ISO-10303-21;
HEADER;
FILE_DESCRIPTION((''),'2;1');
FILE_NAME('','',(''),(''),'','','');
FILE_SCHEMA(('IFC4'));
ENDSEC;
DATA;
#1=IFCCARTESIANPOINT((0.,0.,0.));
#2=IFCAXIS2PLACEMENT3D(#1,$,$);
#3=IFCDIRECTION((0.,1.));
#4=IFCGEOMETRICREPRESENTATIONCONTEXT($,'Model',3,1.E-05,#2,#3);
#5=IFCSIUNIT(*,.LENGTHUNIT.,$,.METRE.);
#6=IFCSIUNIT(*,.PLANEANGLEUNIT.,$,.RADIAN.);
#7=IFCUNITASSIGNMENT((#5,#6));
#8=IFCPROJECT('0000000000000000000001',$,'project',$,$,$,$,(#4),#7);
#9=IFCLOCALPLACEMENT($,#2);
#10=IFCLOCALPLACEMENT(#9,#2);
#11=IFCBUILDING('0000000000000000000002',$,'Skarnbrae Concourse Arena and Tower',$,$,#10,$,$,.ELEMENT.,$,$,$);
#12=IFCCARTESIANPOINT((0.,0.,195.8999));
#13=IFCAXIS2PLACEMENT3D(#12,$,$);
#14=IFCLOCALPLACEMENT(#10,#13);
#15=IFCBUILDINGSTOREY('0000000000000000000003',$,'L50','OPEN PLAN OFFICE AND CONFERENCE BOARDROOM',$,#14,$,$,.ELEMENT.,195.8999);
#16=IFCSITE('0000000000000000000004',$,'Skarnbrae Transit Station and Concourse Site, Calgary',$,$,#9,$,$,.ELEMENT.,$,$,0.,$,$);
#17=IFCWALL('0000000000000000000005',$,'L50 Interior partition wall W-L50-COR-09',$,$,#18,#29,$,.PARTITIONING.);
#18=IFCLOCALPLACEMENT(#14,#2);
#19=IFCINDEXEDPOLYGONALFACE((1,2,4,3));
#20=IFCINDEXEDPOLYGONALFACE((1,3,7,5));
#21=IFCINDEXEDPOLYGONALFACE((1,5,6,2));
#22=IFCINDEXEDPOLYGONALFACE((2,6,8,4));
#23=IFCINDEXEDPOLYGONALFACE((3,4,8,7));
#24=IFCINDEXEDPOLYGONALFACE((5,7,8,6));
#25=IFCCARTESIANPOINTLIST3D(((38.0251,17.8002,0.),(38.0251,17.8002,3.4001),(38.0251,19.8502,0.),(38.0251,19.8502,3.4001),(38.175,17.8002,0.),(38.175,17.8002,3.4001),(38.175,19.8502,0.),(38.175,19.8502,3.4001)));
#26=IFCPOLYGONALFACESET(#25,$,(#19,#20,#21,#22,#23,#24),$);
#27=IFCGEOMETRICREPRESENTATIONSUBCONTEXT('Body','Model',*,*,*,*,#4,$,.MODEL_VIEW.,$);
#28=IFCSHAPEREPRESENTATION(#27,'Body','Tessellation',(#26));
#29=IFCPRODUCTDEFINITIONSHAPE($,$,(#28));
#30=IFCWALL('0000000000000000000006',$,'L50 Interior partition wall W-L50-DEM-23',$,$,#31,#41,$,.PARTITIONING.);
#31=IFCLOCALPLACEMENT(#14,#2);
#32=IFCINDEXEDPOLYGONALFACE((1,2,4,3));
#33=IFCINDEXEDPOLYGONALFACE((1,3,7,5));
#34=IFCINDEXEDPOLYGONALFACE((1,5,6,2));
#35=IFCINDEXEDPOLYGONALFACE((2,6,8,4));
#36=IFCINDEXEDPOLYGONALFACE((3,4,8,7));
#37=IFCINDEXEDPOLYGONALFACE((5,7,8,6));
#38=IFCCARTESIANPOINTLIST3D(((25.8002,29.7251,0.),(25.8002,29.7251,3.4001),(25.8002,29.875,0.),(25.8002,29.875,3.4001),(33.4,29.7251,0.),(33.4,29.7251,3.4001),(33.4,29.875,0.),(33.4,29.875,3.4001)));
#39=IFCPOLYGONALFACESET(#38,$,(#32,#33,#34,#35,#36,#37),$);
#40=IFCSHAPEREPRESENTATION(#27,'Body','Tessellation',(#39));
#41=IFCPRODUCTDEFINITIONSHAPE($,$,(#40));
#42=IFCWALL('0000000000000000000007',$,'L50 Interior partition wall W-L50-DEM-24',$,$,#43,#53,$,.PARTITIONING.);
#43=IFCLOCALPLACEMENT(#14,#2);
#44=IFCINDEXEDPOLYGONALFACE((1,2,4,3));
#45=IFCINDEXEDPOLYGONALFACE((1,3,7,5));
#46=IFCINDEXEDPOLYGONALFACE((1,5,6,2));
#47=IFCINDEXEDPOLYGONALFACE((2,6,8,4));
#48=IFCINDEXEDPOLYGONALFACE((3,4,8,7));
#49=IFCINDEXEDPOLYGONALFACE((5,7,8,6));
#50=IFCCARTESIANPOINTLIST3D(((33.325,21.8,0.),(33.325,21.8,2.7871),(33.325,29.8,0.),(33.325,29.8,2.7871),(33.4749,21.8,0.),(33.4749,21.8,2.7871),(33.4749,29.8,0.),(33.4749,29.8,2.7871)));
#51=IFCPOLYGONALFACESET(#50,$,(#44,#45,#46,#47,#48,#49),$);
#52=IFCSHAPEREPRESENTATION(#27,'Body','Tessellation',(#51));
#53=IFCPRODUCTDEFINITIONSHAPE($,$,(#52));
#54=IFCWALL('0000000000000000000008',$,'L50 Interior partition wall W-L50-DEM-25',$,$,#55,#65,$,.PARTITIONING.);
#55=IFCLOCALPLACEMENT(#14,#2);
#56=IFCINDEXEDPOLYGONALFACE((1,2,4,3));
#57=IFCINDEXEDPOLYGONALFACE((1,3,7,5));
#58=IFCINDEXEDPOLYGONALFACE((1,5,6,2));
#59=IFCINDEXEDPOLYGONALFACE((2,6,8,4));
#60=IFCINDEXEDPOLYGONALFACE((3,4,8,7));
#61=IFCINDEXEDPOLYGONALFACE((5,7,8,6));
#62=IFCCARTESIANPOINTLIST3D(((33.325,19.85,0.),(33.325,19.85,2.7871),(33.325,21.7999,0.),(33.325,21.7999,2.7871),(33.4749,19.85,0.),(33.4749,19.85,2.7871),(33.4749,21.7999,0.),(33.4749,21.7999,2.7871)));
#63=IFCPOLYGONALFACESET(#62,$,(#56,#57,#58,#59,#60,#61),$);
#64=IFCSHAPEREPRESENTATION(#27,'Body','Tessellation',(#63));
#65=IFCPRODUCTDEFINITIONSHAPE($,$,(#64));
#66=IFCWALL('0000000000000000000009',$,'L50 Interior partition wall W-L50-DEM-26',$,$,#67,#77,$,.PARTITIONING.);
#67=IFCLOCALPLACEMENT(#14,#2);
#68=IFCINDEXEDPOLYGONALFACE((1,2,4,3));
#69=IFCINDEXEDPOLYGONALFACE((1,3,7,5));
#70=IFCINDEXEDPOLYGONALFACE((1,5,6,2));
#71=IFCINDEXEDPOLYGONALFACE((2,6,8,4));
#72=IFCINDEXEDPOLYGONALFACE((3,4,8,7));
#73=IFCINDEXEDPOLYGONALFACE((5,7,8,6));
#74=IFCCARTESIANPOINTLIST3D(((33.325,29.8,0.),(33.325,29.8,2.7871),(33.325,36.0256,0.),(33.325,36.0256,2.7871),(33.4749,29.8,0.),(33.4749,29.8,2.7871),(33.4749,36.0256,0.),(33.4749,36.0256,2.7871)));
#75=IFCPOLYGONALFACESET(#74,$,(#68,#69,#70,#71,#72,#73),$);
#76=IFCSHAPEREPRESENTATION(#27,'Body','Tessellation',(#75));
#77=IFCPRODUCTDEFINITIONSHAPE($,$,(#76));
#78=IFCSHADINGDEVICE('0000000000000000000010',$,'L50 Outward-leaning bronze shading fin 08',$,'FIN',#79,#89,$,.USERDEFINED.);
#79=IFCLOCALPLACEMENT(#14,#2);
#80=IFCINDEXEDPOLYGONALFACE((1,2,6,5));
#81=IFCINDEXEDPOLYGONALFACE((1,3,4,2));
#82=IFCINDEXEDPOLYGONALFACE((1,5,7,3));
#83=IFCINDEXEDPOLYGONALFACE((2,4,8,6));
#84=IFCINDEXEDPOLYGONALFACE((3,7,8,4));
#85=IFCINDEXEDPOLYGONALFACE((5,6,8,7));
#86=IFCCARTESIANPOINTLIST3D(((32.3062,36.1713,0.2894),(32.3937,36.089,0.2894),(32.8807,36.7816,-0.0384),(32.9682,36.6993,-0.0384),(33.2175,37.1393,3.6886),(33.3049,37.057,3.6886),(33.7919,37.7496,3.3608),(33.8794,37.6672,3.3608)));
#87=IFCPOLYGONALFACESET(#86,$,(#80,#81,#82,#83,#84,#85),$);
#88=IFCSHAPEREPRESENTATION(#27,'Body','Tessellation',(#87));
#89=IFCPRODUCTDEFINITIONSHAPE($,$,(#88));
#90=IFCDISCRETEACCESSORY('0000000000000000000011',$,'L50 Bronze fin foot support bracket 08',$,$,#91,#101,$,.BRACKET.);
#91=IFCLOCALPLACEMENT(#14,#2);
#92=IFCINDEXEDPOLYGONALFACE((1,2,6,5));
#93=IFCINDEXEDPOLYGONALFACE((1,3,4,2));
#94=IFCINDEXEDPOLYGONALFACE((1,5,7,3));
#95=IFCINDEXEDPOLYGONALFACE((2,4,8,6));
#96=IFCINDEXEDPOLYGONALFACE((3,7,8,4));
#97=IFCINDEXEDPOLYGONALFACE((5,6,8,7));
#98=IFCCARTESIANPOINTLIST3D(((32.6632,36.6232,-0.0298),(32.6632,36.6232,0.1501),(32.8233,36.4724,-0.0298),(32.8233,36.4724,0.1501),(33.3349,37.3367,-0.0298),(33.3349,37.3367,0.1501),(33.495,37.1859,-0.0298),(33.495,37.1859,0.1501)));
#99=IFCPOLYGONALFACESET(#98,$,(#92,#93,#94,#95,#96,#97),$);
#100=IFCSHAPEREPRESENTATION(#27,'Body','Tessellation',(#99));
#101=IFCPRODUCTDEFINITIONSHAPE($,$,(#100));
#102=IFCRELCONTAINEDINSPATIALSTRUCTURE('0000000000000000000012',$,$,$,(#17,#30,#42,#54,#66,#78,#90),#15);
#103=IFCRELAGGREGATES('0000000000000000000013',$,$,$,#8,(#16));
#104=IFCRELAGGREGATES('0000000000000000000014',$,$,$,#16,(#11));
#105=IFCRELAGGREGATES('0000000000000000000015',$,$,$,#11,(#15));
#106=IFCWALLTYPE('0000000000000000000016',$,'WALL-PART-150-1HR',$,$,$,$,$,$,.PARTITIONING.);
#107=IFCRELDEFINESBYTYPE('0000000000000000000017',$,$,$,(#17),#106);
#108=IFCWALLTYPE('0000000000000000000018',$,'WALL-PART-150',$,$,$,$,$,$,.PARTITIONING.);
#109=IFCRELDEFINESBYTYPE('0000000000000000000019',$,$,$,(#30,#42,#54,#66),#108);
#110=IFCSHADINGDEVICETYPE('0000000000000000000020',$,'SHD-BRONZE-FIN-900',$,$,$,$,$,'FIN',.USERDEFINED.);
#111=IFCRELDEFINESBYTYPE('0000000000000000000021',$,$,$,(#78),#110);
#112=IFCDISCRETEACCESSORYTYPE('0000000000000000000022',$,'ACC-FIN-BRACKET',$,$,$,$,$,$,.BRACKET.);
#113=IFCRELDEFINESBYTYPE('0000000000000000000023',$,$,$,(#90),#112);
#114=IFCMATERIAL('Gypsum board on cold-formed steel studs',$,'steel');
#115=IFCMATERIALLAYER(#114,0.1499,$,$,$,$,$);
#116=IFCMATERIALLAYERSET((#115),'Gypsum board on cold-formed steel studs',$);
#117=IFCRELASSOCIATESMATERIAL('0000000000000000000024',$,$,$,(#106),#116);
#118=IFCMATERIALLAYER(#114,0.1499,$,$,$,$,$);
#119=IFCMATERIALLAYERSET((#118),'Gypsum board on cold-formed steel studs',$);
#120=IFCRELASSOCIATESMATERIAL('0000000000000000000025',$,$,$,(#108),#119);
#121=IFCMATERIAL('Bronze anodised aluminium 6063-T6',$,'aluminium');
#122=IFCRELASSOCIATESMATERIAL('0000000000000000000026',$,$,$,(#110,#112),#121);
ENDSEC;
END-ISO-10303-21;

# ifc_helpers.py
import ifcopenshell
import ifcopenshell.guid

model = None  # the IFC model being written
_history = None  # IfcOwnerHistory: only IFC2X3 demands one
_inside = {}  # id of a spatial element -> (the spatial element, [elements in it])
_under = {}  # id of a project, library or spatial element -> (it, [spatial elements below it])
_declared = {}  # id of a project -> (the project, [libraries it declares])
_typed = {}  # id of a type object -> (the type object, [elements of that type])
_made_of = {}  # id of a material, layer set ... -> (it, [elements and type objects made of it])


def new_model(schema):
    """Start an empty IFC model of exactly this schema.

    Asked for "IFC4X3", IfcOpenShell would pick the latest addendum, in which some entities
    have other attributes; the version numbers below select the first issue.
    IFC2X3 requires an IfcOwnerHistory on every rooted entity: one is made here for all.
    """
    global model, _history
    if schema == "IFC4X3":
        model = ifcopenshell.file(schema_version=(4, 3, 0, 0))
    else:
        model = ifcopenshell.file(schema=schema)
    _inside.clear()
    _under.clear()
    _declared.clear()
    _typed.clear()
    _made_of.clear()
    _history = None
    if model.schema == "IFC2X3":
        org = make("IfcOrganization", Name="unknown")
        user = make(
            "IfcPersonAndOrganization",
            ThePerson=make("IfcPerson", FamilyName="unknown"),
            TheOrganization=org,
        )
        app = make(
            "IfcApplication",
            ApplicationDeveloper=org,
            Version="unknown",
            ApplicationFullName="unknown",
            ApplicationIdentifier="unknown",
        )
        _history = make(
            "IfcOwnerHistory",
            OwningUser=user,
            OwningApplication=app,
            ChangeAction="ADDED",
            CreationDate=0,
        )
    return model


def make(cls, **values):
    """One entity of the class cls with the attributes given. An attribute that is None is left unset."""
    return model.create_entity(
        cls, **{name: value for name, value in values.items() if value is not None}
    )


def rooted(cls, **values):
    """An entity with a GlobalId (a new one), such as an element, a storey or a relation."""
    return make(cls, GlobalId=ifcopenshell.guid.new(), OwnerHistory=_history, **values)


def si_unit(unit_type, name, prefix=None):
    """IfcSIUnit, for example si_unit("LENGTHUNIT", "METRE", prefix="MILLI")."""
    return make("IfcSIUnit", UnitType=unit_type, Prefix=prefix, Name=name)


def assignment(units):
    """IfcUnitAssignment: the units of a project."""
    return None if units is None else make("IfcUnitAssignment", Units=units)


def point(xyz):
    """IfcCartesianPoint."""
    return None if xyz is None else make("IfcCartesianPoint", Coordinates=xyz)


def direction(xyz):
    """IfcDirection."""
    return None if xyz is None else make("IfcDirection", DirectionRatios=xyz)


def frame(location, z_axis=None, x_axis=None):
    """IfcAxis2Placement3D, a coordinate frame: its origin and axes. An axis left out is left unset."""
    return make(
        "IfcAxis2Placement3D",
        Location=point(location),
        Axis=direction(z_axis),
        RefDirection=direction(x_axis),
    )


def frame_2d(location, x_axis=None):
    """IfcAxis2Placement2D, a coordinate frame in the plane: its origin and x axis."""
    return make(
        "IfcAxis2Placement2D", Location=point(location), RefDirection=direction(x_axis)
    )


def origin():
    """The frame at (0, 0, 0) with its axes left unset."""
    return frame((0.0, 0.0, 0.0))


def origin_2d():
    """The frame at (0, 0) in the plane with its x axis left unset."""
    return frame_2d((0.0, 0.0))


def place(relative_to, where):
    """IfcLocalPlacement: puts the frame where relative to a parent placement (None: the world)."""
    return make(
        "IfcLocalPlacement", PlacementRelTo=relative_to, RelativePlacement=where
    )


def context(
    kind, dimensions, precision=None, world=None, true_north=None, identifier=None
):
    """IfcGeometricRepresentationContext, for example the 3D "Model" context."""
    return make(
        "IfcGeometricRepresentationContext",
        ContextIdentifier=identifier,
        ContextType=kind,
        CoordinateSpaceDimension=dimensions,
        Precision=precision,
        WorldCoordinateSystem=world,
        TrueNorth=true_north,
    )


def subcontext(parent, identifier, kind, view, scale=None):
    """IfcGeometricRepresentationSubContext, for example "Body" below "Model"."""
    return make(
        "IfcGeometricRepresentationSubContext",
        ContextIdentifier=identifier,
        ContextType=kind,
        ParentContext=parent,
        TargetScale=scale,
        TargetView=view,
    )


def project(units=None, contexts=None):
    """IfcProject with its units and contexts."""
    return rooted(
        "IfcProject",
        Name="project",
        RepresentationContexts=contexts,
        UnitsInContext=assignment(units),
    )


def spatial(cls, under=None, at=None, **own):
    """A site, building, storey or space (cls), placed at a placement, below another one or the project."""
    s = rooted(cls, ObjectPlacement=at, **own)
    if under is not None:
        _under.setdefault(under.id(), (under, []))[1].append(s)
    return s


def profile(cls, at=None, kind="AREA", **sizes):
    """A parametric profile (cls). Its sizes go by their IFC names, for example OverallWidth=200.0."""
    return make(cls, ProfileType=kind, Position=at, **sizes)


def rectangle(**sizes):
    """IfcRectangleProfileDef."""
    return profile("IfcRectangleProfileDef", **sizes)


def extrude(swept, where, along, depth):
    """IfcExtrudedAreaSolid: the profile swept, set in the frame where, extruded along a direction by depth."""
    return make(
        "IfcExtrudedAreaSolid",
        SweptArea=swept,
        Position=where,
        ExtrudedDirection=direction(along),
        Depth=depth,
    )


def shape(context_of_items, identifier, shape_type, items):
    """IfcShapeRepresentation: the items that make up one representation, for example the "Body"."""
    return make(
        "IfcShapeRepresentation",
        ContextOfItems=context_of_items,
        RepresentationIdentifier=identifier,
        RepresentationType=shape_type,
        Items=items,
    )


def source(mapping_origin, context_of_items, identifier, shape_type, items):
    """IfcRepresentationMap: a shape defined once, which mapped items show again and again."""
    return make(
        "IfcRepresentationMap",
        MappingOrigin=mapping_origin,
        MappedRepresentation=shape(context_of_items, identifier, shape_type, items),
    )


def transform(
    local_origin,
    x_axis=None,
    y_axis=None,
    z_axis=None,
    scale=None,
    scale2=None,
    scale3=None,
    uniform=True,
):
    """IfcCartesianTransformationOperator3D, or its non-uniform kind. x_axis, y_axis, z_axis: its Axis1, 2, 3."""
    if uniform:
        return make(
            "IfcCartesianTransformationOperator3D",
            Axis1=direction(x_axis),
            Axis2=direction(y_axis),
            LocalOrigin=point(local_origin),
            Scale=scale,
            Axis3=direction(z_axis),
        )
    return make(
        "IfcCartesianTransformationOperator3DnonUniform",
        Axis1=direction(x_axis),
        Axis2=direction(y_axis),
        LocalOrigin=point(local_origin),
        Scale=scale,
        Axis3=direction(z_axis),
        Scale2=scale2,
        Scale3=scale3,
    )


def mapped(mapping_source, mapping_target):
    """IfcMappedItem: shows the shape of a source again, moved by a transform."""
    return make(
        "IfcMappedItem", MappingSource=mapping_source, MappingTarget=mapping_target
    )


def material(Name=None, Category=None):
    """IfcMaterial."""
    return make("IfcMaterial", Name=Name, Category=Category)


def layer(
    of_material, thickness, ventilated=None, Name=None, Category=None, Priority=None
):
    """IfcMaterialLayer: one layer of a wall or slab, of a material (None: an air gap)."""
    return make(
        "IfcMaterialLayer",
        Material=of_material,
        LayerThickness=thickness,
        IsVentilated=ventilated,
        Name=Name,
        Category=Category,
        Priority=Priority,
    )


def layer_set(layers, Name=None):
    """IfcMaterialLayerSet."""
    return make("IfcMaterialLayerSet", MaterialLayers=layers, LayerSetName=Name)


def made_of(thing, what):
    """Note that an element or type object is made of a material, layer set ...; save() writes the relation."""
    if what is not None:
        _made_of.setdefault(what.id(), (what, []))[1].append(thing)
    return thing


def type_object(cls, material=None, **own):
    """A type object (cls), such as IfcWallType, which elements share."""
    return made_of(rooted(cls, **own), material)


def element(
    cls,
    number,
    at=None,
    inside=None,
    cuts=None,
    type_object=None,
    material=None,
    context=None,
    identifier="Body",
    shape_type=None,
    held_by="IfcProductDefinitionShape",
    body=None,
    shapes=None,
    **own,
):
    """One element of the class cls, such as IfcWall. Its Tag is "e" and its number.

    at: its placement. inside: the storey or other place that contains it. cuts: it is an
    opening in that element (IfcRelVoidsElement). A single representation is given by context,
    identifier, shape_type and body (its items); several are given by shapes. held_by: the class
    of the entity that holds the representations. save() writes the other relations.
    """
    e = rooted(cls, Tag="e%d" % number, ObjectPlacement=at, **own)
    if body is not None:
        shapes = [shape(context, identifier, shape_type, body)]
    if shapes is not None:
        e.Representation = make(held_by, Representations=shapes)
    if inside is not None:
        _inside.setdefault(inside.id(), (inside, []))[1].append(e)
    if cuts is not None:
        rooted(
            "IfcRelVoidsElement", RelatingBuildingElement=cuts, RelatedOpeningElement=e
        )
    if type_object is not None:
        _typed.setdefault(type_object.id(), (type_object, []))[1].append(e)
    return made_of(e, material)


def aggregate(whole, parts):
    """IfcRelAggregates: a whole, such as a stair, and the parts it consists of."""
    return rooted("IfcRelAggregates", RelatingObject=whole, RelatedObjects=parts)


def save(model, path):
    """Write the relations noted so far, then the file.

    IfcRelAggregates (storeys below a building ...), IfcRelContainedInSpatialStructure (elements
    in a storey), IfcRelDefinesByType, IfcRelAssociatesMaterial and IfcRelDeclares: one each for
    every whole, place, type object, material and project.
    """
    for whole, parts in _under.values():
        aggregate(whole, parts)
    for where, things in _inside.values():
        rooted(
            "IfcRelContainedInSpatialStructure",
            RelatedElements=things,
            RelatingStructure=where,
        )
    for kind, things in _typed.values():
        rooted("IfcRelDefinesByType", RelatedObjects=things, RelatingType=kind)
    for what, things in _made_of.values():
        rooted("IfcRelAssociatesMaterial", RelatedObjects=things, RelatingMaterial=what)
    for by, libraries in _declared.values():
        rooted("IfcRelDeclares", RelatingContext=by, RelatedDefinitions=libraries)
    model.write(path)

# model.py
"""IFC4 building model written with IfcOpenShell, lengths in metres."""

from ifc_helpers import new_model, si_unit, direction, frame, frame_2d, origin, origin_2d, place, context, subcontext, project, spatial, rectangle, extrude, source, transform, mapped, material, layer, layer_set, type_object, element, save


model = new_model("IFC4")

# Units and contexts
model_context = context("Model", 3, precision=1e-05, world=origin(), true_north=direction((0.0, 1.0)))
body_context = subcontext(model_context, "Body", "Model", "MODEL_VIEW")
ifc_project = project(units=[si_unit("LENGTHUNIT", "METRE"), si_unit("PLANEANGLEUNIT", "RADIAN")], contexts=[model_context])

# Site, building, storey
site_placement = place(None, origin())
site = spatial("IfcSite", under=ifc_project, at=site_placement, Name="Skarnbrae Transit Station and Concourse Site, Calgary", CompositionType="ELEMENT", RefElevation=0.0)
building_placement = place(site_placement, origin())
building = spatial("IfcBuilding", under=site, at=building_placement, Name="Skarnbrae Concourse Arena and Tower", CompositionType="ELEMENT")
storey_placement = place(building_placement, frame((0.0, 0.0, 195.8999)))
storey = spatial("IfcBuildingStorey", under=building, at=storey_placement, Name="L50", Description="OPEN PLAN OFFICE AND CONFERENCE BOARDROOM", CompositionType="ELEMENT", Elevation=195.8999)

# Shared definitions
ifc_material_1 = material(Name="Bronze anodised aluminium 6063-T6", Category="aluminium")

# Walls
ifc_material_2 = material(Name="Gypsum board on cold-formed steel studs", Category="steel")
ifc_layer_1 = layer(ifc_material_2, 0.1499)
ifc_layer_set_1 = layer_set([ifc_layer_1], Name="Gypsum board on cold-formed steel studs")
wall_type_1 = type_object("IfcWallType", Name="WALL-PART-150-1HR", PredefinedType="PARTITIONING", material=ifc_layer_set_1)
shared_shape_1 = source(origin(), body_context, "Body", "SweptSolid", [
    extrude(rectangle(XDim=2.05, YDim=0.1499, at=frame_2d((1.0249, 0.0))), origin(), (0.0, 0.0, 1.0), 3.4001),
])
wall_1_placement = place(storey_placement, frame((38.1001, 19.8501, 0.0), z_axis=(0.0, 0.0, 1.0), x_axis=(0.0, -1.0, 0.0)))
element("IfcWall", 1, at=wall_1_placement, inside=storey, type_object=wall_type_1, Name="L50 Interior partition wall W-L50-COR-09", PredefinedType="PARTITIONING", context=body_context, shape_type="MappedRepresentation", body=[
    mapped(shared_shape_1, transform((0.0, 0.0, 0.0))),
])
ifc_layer_2 = layer(ifc_material_2, 0.1499)
ifc_layer_set_2 = layer_set([ifc_layer_2], Name="Gypsum board on cold-formed steel studs")
wall_type_2 = type_object("IfcWallType", Name="WALL-PART-150", PredefinedType="PARTITIONING", material=ifc_layer_set_2)
shared_shape_2 = source(origin(), body_context, "Body", "SweptSolid", [
    extrude(rectangle(XDim=7.5999, YDim=0.1499, at=frame_2d((3.7998, 0.0))), origin(), (0.0, 0.0, 1.0), 3.4001),
])
wall_2_placement = place(storey_placement, frame((33.3999, 29.8, 0.0), z_axis=(0.0, 0.0, 1.0), x_axis=(-1.0, 0.0, 0.0)))
element("IfcWall", 2, at=wall_2_placement, inside=storey, type_object=wall_type_2, Name="L50 Interior partition wall W-L50-DEM-23", PredefinedType="PARTITIONING", context=body_context, shape_type="MappedRepresentation", body=[
    mapped(shared_shape_2, transform((0.0, 0.0, 0.0))),
])
shared_shape_3 = source(origin(), body_context, "Body", "SweptSolid", [
    extrude(rectangle(XDim=8.0, YDim=0.1499, at=frame_2d((4.0, 0.0))), origin(), (0.0, 0.0, 1.0), 2.7871),
])
wall_3_placement = place(storey_placement, frame((33.3999, 29.8, 0.0), z_axis=(0.0, 0.0, 1.0), x_axis=(0.0, -1.0, 0.0)))
element("IfcWall", 3, at=wall_3_placement, inside=storey, type_object=wall_type_2, Name="L50 Interior partition wall W-L50-DEM-24", PredefinedType="PARTITIONING", context=body_context, shape_type="MappedRepresentation", body=[
    mapped(shared_shape_3, transform((0.0, 0.0, 0.0))),
])
shared_shape_4 = source(origin(), body_context, "Body", "SweptSolid", [
    extrude(rectangle(XDim=1.95, YDim=0.1499, at=frame_2d((0.9751, 0.0))), origin(), (0.0, 0.0, 1.0), 2.7871),
])
wall_4_placement = place(storey_placement, frame((33.3999, 21.8, 0.0), z_axis=(0.0, 0.0, 1.0), x_axis=(0.0, -1.0, 0.0)))
element("IfcWall", 4, at=wall_4_placement, inside=storey, type_object=wall_type_2, Name="L50 Interior partition wall W-L50-DEM-25", PredefinedType="PARTITIONING", context=body_context, shape_type="MappedRepresentation", body=[
    mapped(shared_shape_4, transform((0.0, 0.0, 0.0))),
])
shared_shape_5 = source(origin(), body_context, "Body", "SweptSolid", [
    extrude(rectangle(XDim=6.2256, YDim=0.1499, at=frame_2d((3.1128, 0.0))), origin(), (0.0, 0.0, 1.0), 2.7871),
])
wall_5_placement = place(storey_placement, frame((33.3999, 36.0256, 0.0), z_axis=(0.0, 0.0, 1.0), x_axis=(0.0, -1.0, 0.0)))
element("IfcWall", 5, at=wall_5_placement, inside=storey, type_object=wall_type_2, Name="L50 Interior partition wall W-L50-DEM-26", PredefinedType="PARTITIONING", context=body_context, shape_type="MappedRepresentation", body=[
    mapped(shared_shape_5, transform((0.0, 0.0, 0.0))),
])

# Shading device
shading_device_type = type_object("IfcShadingDeviceType", Name="SHD-BRONZE-FIN-900", ElementType="FIN", PredefinedType="USERDEFINED", material=ifc_material_1)
shared_shape_6 = source(origin(), body_context, "Body", "SweptSolid", [
    extrude(rectangle(XDim=0.1201, YDim=0.8999, at=origin_2d()), origin(), (0.0, 0.0, 1.0), 3.6499),
])
shading_device_placement = place(storey_placement, frame((32.6372, 36.4353, 0.1255), z_axis=(0.249655, 0.265205, 0.93131), x_axis=(0.728132, -0.685437, 0.0)))
element("IfcShadingDevice", 6, at=shading_device_placement, inside=storey, type_object=shading_device_type, Name="L50 Outward-leaning bronze shading fin 08", ObjectType="FIN", PredefinedType="USERDEFINED", context=body_context, shape_type="MappedRepresentation", body=[
    mapped(shared_shape_6, transform((0.0, 0.0, 0.0))),
])

# Discrete accessory
discrete_accessory_type = type_object("IfcDiscreteAccessoryType", Name="ACC-FIN-BRACKET", PredefinedType="BRACKET", material=ifc_material_1)
shared_shape_7 = source(origin(), body_context, "Body", "SweptSolid", [
    extrude(rectangle(XDim=0.22, YDim=0.98, at=origin_2d()), origin(), (0.0, 0.0, 1.0), 0.1799),
])
discrete_accessory_placement = place(storey_placement, frame((33.0791, 36.9045, -0.0298), z_axis=(0.0, 0.0, 1.0), x_axis=(0.728132, -0.685437, 0.0)))
element("IfcDiscreteAccessory", 7, at=discrete_accessory_placement, inside=storey, type_object=discrete_accessory_type, Name="L50 Bronze fin foot support bracket 08", PredefinedType="BRACKET", context=body_context, shape_type="MappedRepresentation", body=[
    mapped(shared_shape_7, transform((0.0, 0.0, 0.0))),
])

save(model, "model.ifc")
